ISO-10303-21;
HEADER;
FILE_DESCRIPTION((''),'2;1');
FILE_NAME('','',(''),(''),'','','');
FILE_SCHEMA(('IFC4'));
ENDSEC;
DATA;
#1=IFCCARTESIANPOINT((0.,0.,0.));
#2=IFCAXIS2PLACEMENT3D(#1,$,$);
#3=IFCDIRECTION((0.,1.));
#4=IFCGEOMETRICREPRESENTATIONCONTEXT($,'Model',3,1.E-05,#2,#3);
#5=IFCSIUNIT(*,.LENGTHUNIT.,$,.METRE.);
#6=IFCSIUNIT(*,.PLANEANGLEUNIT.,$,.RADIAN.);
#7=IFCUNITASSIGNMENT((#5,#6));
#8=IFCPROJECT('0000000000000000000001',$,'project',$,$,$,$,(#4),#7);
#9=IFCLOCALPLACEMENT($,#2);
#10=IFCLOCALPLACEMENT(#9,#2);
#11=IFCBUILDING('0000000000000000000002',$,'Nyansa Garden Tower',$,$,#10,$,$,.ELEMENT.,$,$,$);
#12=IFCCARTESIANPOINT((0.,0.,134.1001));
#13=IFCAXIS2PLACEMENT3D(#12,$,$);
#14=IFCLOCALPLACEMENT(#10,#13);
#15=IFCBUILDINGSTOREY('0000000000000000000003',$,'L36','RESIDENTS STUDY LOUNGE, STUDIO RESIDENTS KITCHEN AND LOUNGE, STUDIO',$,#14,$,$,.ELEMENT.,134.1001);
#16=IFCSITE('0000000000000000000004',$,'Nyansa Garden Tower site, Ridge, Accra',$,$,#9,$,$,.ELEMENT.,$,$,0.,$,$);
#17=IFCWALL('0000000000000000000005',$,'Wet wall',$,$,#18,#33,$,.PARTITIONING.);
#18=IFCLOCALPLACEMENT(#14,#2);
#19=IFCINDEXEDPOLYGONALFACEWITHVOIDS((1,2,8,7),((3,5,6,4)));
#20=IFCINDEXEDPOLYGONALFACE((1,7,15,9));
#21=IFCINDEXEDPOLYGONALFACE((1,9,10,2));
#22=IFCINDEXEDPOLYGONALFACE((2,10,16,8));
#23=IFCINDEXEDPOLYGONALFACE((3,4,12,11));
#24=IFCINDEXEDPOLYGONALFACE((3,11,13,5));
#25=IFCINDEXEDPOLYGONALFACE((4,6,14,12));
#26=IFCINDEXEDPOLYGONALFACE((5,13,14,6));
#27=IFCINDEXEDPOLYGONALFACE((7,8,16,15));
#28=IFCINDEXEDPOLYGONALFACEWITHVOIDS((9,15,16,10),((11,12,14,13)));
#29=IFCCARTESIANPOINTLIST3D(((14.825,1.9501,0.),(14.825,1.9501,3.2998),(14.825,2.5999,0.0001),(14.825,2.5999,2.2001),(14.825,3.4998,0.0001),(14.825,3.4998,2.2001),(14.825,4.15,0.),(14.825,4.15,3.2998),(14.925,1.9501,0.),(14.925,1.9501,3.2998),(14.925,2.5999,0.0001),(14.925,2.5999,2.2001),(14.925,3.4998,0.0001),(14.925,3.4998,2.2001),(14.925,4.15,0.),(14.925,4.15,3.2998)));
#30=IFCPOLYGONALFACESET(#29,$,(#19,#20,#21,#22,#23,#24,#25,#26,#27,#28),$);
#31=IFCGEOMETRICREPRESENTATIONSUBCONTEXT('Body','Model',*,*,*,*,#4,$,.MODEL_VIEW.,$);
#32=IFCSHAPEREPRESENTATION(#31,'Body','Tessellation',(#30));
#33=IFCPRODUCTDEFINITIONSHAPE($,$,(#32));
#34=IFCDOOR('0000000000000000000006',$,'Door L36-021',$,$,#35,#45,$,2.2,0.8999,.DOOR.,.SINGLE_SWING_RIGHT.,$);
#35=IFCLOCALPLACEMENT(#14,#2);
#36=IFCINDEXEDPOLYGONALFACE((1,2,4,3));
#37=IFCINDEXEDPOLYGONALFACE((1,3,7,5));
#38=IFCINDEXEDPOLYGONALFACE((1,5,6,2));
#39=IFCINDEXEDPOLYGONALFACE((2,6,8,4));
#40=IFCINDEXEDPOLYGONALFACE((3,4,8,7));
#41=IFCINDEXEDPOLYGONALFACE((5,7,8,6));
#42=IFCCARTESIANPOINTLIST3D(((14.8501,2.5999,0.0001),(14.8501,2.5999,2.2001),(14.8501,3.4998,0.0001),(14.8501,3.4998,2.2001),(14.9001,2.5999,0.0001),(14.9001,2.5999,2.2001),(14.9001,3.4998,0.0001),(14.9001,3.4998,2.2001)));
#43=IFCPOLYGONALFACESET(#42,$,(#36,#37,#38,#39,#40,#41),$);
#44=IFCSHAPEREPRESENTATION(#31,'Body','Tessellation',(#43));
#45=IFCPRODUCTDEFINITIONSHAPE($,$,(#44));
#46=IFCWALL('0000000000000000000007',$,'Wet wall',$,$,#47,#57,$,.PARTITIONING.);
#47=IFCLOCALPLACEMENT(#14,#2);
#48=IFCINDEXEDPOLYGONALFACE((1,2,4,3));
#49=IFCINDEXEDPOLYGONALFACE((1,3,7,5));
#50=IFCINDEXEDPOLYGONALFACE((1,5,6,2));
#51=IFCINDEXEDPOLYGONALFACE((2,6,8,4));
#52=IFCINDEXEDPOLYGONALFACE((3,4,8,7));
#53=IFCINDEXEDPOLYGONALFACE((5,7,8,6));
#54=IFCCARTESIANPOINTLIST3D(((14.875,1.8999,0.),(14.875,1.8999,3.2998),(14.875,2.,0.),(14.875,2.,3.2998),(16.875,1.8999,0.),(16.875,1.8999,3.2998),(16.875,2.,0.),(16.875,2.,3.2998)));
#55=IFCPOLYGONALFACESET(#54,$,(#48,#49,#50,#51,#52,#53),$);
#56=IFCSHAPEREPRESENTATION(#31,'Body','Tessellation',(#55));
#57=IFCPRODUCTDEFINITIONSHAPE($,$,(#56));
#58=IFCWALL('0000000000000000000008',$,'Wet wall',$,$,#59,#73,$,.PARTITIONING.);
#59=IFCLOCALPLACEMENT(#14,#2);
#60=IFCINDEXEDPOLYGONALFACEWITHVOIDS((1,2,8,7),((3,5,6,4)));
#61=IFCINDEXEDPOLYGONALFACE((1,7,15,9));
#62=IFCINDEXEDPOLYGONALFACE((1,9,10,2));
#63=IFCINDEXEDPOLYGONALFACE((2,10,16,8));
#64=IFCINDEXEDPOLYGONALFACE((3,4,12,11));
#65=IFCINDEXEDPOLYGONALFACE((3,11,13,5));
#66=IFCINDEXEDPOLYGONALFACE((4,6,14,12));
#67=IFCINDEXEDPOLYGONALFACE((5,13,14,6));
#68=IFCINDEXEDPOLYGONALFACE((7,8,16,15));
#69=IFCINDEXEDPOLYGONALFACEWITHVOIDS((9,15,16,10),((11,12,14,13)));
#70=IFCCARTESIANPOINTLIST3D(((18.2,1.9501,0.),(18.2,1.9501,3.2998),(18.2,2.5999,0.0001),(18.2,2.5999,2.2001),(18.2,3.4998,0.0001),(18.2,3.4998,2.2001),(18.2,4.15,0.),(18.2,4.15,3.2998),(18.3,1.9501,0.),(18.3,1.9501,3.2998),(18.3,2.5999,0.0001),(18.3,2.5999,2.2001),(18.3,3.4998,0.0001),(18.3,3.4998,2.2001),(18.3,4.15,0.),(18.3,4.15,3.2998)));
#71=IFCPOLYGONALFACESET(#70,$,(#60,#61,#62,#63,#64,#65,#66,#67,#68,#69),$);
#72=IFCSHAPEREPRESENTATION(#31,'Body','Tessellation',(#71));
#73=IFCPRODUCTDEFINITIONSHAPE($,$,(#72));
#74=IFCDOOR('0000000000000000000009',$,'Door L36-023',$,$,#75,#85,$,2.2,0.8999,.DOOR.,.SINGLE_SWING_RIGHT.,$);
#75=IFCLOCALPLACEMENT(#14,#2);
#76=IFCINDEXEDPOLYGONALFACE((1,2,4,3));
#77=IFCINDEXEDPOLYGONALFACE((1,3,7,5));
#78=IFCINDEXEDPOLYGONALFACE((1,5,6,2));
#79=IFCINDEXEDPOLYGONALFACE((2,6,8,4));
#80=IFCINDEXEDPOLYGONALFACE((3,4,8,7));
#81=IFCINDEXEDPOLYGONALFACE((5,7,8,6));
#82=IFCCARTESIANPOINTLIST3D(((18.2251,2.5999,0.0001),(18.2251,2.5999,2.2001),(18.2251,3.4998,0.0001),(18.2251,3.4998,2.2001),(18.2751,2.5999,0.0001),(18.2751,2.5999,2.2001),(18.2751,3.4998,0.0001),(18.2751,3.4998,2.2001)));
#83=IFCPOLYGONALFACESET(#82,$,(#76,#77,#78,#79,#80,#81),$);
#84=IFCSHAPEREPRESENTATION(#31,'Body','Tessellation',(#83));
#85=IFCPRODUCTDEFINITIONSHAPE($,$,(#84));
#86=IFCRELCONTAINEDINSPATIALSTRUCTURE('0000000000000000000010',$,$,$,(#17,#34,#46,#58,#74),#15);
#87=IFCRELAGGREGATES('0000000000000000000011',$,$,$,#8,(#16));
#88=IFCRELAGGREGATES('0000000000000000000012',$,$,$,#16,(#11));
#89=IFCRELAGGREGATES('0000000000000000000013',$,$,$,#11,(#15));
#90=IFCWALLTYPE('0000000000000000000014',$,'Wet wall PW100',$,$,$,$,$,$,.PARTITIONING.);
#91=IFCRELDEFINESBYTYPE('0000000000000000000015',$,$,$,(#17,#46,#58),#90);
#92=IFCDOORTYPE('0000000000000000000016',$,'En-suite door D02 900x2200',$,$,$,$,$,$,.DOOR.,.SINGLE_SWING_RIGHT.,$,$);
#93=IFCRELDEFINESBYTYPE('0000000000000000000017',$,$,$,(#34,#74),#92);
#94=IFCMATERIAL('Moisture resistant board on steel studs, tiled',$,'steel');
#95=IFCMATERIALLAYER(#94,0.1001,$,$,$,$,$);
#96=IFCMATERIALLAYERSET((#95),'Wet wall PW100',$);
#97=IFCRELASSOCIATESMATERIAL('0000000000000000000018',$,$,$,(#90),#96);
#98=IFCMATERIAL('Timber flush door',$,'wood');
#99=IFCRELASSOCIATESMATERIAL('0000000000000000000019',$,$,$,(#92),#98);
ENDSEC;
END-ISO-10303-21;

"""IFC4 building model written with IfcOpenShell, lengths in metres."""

from ifc_helpers import new_model, si_unit, direction, frame, frame_2d, origin, place, context, subcontext, project, spatial, rectangle, extrude, material, layer, layer_set, type_object, element, fill, save


model = new_model("IFC4")

# Units and contexts
model_context = context("Model", 3, precision=1e-05, world=origin(), true_north=direction((0.0, 1.0)))
body_context = subcontext(model_context, "Body", "Model", "MODEL_VIEW")
ifc_project = project(units=[si_unit("LENGTHUNIT", "METRE"), si_unit("PLANEANGLEUNIT", "RADIAN")], contexts=[model_context])

# Site, building, storey
site_placement = place(None, origin())
site = spatial("IfcSite", under=ifc_project, at=site_placement, Name="Nyansa Garden Tower site, Ridge, Accra", CompositionType="ELEMENT", RefElevation=0.0)
building_placement = place(site_placement, origin())
building = spatial("IfcBuilding", under=site, at=building_placement, Name="Nyansa Garden Tower", CompositionType="ELEMENT")
storey_placement = place(building_placement, frame((0.0, 0.0, 134.1001)))
storey = spatial("IfcBuildingStorey", under=building, at=storey_placement, Name="L36", Description="RESIDENTS STUDY LOUNGE, STUDIO RESIDENTS KITCHEN AND LOUNGE, STUDIO", CompositionType="ELEMENT", Elevation=134.1001)

# Wall, opening, door
ifc_material_1 = material(Name="Moisture resistant board on steel studs, tiled", Category="steel")
ifc_layer_1 = layer(ifc_material_1, 0.1001)
ifc_layer_set_1 = layer_set([ifc_layer_1], Name="Wet wall PW100")
wall_type_1 = type_object("IfcWallType", Name="Wet wall PW100", PredefinedType="PARTITIONING", material=ifc_layer_set_1)
wall_1_placement = place(storey_placement, frame((14.875, 1.95, 0.0), z_axis=(0.0, 0.0, 1.0), x_axis=(0.0, 1.0, 0.0)))
wall_1 = element("IfcWall", 1, at=wall_1_placement, inside=storey, type_object=wall_type_1, Name="Wet wall", PredefinedType="PARTITIONING", context=body_context, shape_type="SweptSolid", body=[
    extrude(rectangle(XDim=2.2, YDim=0.1001, at=frame_2d((1.1001, 0.0))), origin(), (0.0, 0.0, 1.0), 3.2998),
])
opening_1_placement = place(wall_1_placement, frame((0.6499, 0.0, 0.0)))
opening_1 = element("IfcOpeningElement", 2, at=opening_1_placement, cuts=wall_1, PredefinedType="OPENING", context=body_context, shape_type="SweptSolid", body=[
    extrude(rectangle(XDim=0.8999, YDim=2.2, at=frame_2d((0.45, 1.1001))), frame((0.0, 0.0601, 0.0), z_axis=(0.0, -1.0, 0.0), x_axis=(1.0, 0.0, 0.0)), (0.0, 0.0, 1.0), 0.1201),
])
ifc_material_2 = material(Name="Timber flush door", Category="wood")
door_type = type_object("IfcDoorType", Name="En-suite door D02 900x2200", OperationType="SINGLE_SWING_RIGHT", PredefinedType="DOOR", material=ifc_material_2)
door_1_placement = place(opening_1_placement, origin())
door_1 = element("IfcDoor", 3, at=door_1_placement, inside=storey, type_object=door_type, Name="Door L36-021", OperationType="SINGLE_SWING_RIGHT", OverallHeight=2.2, OverallWidth=0.8999, PredefinedType="DOOR", context=body_context, shape_type="SweptSolid", body=[
    extrude(rectangle(XDim=0.8999, YDim=2.2, at=frame_2d((0.45, 1.1001))), frame((0.0, 0.0249, 0.0), z_axis=(0.0, -1.0, 0.0), x_axis=(1.0, 0.0, 0.0)), (0.0, 0.0, 1.0), 0.05),
])
fill(opening_1, door_1)

# Wall
wall_2_placement = place(storey_placement, frame((14.875, 1.95, 0.0), z_axis=(0.0, 0.0, 1.0), x_axis=(1.0, 0.0, 0.0)))
element("IfcWall", 4, at=wall_2_placement, inside=storey, type_object=wall_type_1, Name="Wet wall", PredefinedType="PARTITIONING", context=body_context, shape_type="SweptSolid", body=[
    extrude(rectangle(XDim=2.0, YDim=0.1001, at=frame_2d((1.0, 0.0))), origin(), (0.0, 0.0, 1.0), 3.2998),
])

# Wall, opening, door
wall_3_placement = place(storey_placement, frame((18.25, 1.95, 0.0), z_axis=(0.0, 0.0, 1.0), x_axis=(0.0, 1.0, 0.0)))
wall_3 = element("IfcWall", 5, at=wall_3_placement, inside=storey, type_object=wall_type_1, Name="Wet wall", PredefinedType="PARTITIONING", context=body_context, shape_type="SweptSolid", body=[
    extrude(rectangle(XDim=2.2, YDim=0.1001, at=frame_2d((1.1001, 0.0))), origin(), (0.0, 0.0, 1.0), 3.2998),
])
opening_2_placement = place(wall_3_placement, frame((0.6499, 0.0, 0.0)))
opening_2 = element("IfcOpeningElement", 6, at=opening_2_placement, cuts=wall_3, PredefinedType="OPENING", context=body_context, shape_type="SweptSolid", body=[
    extrude(rectangle(XDim=0.8999, YDim=2.2, at=frame_2d((0.45, 1.1001))), frame((0.0, 0.0601, 0.0), z_axis=(0.0, -1.0, 0.0), x_axis=(1.0, 0.0, 0.0)), (0.0, 0.0, 1.0), 0.1201),
])
door_2_placement = place(opening_2_placement, origin())
door_2 = element("IfcDoor", 7, at=door_2_placement, inside=storey, type_object=door_type, Name="Door L36-023", OperationType="SINGLE_SWING_RIGHT", OverallHeight=2.2, OverallWidth=0.8999, PredefinedType="DOOR", context=body_context, shape_type="SweptSolid", body=[
    extrude(rectangle(XDim=0.8999, YDim=2.2, at=frame_2d((0.45, 1.1001))), frame((0.0, 0.0249, 0.0), z_axis=(0.0, -1.0, 0.0), x_axis=(1.0, 0.0, 0.0)), (0.0, 0.0, 1.0), 0.05),
])
fill(opening_2, door_2)

save(model, "model.ifc")
